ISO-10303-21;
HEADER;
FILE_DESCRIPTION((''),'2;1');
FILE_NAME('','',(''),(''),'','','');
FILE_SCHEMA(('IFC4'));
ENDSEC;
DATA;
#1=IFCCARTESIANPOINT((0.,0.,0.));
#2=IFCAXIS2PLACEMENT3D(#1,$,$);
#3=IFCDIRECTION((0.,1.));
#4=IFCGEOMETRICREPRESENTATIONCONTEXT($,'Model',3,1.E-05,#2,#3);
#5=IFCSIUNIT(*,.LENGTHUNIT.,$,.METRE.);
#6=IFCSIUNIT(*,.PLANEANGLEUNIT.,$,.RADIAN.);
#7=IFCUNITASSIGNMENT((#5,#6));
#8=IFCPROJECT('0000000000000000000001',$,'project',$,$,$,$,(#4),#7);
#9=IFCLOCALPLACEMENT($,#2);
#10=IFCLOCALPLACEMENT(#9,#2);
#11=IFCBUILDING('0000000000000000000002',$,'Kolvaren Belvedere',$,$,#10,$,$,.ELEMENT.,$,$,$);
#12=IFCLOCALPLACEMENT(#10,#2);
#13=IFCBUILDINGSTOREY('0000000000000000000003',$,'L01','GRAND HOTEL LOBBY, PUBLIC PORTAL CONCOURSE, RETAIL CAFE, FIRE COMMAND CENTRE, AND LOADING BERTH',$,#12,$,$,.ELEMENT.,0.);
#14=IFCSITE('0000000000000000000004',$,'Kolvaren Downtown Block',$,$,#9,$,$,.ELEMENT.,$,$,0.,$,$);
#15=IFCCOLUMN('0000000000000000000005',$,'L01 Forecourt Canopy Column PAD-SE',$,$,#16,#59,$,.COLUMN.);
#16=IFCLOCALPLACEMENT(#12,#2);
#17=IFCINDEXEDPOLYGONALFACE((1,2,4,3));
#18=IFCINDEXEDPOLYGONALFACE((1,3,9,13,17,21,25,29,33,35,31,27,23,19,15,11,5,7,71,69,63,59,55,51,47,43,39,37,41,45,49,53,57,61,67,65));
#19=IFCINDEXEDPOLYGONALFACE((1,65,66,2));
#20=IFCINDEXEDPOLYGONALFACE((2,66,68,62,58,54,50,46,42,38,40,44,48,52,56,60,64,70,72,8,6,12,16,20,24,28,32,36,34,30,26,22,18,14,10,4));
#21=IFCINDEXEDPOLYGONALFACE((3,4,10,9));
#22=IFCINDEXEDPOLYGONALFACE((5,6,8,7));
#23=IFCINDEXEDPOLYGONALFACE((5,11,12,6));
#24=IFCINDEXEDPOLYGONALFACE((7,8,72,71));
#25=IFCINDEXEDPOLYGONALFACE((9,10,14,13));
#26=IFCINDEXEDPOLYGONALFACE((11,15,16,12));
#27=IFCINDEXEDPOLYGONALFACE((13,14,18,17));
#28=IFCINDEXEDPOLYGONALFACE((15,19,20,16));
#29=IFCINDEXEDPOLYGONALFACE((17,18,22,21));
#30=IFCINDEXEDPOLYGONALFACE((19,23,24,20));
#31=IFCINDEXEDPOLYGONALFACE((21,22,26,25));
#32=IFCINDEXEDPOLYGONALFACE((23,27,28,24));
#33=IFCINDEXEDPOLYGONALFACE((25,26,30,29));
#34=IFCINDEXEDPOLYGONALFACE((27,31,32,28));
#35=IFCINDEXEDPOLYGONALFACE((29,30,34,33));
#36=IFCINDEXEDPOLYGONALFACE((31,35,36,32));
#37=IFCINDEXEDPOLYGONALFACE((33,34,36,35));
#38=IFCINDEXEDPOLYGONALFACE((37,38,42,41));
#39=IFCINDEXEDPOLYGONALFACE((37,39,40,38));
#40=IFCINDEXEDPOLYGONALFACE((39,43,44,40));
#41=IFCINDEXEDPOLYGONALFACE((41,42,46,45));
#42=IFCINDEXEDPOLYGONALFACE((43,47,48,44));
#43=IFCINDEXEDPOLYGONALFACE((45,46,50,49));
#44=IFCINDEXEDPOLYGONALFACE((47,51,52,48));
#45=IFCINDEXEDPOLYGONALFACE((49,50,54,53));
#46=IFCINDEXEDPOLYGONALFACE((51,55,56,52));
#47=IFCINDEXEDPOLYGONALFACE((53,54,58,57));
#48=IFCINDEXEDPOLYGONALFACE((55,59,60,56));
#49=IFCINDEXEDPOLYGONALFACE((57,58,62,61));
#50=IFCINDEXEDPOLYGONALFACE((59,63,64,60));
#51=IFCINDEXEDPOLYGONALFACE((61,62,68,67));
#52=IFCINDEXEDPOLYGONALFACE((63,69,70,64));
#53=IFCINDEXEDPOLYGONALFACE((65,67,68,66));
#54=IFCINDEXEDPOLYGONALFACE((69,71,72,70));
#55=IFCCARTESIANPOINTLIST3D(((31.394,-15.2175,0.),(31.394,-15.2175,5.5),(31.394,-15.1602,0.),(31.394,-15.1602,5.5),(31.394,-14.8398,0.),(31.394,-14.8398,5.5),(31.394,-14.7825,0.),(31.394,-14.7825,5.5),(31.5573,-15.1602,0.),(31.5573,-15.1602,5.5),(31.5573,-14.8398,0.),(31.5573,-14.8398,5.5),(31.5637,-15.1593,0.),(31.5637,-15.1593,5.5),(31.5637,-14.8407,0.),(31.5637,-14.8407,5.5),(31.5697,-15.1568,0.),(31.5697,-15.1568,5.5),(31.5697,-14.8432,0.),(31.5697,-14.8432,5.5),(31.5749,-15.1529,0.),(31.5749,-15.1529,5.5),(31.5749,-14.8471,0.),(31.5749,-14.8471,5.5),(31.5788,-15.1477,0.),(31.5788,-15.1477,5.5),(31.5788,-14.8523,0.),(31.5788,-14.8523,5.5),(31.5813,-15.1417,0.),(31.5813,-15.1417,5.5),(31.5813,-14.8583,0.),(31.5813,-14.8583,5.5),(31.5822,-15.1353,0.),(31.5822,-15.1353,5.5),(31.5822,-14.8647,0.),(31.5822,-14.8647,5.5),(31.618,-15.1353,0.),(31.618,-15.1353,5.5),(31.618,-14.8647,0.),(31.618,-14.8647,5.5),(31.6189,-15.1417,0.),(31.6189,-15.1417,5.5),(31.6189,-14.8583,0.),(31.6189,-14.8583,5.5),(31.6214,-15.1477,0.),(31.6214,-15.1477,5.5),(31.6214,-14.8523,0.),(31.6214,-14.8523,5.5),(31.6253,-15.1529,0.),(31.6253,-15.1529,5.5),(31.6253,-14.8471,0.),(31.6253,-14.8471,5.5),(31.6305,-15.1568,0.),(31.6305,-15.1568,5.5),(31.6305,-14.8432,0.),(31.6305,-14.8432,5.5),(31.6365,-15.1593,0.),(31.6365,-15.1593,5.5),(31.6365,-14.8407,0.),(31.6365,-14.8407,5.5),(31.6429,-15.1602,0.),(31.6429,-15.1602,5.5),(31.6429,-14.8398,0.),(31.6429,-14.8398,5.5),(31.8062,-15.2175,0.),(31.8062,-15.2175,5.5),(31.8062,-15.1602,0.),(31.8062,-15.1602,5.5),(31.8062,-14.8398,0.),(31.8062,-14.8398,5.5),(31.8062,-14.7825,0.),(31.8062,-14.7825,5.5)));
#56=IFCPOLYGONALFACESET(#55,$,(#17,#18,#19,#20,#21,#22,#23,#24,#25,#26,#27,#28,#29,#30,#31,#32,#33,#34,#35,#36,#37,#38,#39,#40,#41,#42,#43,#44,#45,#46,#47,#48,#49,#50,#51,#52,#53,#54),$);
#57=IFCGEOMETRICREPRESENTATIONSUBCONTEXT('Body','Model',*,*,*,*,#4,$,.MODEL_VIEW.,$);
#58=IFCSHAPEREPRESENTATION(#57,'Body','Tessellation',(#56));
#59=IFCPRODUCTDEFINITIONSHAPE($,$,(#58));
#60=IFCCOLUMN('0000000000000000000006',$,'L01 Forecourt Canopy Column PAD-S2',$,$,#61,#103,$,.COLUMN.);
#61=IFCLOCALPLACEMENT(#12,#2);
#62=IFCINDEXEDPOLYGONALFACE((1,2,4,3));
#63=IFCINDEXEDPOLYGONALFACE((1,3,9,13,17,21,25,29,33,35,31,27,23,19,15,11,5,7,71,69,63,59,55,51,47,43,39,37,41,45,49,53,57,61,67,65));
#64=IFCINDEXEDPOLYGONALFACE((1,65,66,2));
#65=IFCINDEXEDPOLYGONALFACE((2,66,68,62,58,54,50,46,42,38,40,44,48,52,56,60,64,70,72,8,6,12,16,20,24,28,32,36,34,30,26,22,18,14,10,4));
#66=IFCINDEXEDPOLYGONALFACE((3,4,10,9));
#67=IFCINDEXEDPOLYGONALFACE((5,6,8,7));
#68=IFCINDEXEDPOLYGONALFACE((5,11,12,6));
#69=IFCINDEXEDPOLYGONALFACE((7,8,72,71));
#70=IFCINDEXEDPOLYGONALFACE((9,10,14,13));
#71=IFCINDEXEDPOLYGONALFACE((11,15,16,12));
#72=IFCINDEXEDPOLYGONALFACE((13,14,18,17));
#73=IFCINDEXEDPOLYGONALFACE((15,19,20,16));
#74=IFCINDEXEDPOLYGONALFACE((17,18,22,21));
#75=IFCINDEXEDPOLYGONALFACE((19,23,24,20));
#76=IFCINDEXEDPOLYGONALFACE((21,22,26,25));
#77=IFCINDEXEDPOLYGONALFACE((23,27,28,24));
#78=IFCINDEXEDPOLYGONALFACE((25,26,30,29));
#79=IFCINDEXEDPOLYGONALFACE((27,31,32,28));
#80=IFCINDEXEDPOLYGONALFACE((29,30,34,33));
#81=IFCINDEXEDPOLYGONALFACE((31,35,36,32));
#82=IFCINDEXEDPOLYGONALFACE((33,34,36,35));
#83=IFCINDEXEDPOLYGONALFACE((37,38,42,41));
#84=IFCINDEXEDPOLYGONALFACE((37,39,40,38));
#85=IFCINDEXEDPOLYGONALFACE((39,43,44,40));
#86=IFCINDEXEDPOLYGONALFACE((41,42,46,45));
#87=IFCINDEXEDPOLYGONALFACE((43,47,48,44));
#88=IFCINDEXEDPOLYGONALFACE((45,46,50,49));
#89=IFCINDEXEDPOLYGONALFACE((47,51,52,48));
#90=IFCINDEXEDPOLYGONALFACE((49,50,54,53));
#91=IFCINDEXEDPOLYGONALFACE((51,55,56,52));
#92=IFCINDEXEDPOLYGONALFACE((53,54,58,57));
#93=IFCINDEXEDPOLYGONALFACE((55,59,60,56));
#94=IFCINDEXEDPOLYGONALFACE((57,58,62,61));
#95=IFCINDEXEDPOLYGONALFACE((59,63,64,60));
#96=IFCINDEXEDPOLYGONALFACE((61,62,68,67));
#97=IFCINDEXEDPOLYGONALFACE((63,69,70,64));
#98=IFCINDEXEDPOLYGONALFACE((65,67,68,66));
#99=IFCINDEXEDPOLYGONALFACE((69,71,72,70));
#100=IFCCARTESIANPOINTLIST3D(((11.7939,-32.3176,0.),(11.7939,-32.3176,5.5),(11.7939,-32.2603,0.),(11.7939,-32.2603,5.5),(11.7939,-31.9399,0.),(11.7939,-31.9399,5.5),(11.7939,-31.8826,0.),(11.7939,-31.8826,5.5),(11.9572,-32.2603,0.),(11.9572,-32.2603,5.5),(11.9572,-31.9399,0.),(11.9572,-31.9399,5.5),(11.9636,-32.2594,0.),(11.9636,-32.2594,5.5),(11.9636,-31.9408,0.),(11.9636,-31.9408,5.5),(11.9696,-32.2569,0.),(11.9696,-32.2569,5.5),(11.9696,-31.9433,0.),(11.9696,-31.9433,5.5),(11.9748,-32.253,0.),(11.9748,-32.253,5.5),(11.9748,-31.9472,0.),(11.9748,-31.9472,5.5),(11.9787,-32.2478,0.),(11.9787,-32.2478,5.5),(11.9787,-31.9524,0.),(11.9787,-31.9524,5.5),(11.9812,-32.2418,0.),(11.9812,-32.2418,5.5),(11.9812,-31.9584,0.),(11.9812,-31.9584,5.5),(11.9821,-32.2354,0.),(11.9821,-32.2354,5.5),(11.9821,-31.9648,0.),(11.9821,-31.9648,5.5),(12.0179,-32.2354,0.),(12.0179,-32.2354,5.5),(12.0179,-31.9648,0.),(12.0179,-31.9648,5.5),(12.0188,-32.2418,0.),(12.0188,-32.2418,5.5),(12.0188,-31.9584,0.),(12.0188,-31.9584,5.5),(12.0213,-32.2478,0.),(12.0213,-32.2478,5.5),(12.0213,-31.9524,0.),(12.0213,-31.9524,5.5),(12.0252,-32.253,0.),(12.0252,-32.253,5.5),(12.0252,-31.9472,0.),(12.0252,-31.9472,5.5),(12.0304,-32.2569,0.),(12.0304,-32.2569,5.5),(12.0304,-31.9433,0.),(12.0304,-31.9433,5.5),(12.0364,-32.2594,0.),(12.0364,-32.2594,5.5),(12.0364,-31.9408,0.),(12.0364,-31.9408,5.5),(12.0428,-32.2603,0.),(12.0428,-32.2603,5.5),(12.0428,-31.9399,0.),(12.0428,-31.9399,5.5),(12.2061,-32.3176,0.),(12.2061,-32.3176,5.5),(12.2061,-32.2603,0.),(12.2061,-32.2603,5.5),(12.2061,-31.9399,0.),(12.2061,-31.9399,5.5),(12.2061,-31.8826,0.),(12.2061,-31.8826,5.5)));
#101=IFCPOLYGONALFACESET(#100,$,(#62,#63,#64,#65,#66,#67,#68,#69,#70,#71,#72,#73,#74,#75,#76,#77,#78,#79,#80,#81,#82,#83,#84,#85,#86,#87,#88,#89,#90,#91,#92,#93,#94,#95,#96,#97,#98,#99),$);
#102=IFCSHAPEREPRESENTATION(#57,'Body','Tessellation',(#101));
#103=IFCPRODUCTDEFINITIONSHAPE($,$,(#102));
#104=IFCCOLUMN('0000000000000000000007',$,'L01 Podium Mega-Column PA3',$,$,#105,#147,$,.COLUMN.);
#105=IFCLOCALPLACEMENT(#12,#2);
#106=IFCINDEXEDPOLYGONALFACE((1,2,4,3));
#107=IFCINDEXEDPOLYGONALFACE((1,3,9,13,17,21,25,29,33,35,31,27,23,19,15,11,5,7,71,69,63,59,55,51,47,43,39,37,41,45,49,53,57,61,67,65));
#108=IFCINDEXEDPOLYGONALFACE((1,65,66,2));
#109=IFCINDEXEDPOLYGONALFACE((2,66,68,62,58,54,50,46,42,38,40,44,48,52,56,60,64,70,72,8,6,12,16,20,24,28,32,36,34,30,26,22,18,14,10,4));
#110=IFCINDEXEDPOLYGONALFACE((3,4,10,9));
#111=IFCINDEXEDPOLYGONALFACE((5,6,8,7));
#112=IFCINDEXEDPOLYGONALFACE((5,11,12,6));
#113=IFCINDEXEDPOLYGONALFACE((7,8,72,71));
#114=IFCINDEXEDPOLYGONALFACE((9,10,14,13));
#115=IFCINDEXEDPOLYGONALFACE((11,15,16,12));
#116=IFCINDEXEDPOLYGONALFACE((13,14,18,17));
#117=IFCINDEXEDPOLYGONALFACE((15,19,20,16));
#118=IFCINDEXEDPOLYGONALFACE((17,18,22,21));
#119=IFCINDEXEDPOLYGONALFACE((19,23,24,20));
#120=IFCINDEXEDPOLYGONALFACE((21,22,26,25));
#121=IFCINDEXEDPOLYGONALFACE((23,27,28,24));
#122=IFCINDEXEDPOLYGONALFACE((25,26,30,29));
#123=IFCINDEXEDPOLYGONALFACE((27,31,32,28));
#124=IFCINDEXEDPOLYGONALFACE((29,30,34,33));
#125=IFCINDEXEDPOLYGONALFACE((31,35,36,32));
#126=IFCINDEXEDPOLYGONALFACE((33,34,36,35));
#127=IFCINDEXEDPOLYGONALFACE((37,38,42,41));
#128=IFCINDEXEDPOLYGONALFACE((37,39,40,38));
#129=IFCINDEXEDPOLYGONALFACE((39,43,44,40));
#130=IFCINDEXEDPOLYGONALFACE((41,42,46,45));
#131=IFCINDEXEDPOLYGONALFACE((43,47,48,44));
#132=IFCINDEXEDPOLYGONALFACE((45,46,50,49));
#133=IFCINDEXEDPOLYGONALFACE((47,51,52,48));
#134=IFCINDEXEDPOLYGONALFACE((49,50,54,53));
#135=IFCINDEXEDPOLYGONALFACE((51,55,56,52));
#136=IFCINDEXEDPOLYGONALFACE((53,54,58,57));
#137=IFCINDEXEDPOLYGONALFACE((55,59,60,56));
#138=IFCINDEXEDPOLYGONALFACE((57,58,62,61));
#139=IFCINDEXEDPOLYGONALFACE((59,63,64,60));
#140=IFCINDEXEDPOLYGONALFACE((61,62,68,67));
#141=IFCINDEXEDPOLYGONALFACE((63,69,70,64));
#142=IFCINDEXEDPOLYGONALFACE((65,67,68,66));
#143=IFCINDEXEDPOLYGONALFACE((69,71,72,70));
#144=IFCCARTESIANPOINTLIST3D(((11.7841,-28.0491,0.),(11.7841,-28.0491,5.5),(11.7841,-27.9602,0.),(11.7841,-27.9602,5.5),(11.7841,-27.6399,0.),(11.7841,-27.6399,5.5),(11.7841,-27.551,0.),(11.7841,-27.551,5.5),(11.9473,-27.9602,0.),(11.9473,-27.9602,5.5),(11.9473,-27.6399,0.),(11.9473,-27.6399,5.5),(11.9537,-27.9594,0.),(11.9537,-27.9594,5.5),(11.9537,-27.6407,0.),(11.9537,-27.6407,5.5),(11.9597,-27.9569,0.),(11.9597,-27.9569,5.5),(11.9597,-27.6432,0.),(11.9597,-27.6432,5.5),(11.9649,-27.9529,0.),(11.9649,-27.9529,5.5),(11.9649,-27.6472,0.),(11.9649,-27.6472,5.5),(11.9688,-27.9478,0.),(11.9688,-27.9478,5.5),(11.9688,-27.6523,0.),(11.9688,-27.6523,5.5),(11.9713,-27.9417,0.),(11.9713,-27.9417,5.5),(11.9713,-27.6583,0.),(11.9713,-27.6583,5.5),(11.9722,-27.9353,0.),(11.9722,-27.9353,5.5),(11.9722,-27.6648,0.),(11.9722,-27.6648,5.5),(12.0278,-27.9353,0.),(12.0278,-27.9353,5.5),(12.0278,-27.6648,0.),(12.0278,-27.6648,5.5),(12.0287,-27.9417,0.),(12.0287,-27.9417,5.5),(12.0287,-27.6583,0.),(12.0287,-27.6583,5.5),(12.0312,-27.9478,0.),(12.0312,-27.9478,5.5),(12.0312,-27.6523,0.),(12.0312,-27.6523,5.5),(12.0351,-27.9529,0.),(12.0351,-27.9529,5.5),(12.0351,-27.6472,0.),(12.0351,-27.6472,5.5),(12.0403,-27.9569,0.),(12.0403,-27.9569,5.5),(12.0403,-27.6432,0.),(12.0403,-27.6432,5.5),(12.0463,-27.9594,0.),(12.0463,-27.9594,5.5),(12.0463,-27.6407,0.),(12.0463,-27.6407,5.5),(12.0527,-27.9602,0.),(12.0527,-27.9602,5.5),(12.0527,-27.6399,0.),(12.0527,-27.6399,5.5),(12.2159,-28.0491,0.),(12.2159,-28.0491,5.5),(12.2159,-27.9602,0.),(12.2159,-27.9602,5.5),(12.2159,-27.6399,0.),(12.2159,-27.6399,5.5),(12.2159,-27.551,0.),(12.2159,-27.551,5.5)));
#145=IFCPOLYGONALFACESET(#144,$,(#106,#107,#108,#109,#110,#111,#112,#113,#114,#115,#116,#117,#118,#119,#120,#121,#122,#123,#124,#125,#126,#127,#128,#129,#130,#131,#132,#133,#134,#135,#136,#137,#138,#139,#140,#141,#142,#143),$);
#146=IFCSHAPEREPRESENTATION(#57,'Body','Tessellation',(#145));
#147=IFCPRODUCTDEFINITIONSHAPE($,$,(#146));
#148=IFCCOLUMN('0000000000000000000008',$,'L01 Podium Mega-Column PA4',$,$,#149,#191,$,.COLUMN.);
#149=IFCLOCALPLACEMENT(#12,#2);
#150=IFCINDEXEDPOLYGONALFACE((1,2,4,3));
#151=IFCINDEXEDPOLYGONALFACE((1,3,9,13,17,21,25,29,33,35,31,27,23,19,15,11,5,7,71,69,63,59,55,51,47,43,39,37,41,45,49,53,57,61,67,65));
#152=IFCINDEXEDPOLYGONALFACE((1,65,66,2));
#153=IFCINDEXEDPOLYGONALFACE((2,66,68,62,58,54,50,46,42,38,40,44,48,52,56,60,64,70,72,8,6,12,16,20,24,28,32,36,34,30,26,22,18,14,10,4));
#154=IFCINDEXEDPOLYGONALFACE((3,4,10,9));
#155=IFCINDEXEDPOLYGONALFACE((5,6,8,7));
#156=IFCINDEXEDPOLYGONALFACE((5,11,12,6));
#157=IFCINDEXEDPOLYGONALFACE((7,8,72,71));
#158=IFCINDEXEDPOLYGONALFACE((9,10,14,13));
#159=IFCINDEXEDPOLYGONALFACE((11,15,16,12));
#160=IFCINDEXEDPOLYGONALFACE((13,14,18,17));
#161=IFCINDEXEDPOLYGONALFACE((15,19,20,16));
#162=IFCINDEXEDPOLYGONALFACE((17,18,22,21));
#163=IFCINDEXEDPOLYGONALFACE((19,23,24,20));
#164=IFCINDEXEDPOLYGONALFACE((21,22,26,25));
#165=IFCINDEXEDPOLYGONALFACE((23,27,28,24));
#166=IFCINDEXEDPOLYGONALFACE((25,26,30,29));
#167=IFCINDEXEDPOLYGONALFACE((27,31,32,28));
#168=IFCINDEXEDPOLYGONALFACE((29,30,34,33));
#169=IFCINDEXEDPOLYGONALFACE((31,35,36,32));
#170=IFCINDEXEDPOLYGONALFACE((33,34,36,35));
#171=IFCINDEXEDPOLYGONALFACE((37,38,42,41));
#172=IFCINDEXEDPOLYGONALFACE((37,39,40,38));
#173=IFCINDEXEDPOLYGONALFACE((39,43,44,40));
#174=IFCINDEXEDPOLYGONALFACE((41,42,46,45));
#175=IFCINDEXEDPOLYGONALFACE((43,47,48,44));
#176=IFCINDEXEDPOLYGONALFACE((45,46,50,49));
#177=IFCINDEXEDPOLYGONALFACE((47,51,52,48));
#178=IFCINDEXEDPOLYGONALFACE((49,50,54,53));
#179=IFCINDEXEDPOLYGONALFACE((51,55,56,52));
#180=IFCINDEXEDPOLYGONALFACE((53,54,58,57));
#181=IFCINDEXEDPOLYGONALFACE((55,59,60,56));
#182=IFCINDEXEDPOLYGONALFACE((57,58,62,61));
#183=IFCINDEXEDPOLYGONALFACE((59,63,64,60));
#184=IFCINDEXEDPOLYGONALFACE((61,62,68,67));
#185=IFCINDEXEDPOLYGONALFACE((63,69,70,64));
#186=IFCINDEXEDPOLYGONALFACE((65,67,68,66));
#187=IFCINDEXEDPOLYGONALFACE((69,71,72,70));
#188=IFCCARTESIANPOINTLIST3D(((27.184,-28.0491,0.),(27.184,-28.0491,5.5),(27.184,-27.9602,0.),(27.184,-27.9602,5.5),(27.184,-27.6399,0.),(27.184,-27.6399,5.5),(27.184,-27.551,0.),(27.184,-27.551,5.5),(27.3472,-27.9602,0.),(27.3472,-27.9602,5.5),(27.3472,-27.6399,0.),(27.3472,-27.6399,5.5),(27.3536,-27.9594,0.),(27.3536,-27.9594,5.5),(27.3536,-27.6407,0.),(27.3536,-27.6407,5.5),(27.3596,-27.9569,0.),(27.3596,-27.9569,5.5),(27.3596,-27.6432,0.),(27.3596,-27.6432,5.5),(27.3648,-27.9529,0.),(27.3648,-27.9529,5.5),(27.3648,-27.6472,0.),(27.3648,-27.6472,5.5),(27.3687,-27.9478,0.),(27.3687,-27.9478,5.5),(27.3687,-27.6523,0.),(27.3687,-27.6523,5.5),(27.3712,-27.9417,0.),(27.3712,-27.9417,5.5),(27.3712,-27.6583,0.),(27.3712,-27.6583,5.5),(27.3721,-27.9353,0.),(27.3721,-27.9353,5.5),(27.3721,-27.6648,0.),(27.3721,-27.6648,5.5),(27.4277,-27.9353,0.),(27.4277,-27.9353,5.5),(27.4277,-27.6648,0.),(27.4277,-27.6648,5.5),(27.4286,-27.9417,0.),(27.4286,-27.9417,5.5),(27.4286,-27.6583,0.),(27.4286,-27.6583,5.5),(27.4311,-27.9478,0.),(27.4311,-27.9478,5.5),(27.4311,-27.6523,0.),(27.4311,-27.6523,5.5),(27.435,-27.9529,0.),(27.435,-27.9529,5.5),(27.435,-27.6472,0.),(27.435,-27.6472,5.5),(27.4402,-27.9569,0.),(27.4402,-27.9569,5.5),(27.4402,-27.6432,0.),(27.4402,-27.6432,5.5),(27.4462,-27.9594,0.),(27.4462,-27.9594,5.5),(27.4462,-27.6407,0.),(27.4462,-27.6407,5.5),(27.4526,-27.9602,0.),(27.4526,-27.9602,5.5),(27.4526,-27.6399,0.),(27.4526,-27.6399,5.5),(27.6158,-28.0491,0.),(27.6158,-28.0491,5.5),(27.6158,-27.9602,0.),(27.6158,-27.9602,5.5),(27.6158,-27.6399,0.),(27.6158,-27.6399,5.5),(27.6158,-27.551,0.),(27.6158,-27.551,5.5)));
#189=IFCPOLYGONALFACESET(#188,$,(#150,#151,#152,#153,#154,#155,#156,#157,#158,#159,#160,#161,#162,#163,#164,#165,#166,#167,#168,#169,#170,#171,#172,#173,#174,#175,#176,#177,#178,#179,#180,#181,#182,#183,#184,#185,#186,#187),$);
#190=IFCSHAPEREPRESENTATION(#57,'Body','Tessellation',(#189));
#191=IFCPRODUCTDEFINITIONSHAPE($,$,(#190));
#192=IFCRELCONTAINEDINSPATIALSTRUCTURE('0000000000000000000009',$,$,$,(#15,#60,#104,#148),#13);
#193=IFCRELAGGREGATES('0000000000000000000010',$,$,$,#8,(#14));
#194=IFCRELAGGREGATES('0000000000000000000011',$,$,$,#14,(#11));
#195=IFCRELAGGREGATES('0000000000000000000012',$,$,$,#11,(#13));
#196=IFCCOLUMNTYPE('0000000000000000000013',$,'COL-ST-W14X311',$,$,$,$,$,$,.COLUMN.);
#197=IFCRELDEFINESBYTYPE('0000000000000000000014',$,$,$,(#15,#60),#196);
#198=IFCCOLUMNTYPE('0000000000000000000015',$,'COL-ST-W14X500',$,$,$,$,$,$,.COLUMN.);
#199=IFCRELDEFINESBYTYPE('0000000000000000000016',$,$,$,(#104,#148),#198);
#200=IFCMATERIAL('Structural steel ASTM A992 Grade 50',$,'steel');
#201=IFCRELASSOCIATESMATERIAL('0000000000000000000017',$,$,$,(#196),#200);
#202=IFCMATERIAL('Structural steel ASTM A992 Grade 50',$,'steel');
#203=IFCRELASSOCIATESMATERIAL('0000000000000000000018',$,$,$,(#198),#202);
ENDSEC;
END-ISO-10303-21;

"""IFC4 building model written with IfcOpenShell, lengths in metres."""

from ifc_helpers import new_model, si_unit, direction, frame, origin, origin_2d, place, context, subcontext, project, spatial, i_section, extrude, material, material_profile, profile_set, type_object, element, save


model = new_model("IFC4")

# Units and contexts
model_context = context("Model", 3, precision=1e-05, world=origin(), true_north=direction((0.0, 1.0)))
body_context = subcontext(model_context, "Body", "Model", "MODEL_VIEW")
ifc_project = project(units=[si_unit("LENGTHUNIT", "METRE"), si_unit("PLANEANGLEUNIT", "RADIAN")], contexts=[model_context])

# Site, building, storey
site_placement = place(None, origin())
site = spatial("IfcSite", under=ifc_project, at=site_placement, Name="Kolvaren Downtown Block", CompositionType="ELEMENT", RefElevation=0.0)
building_placement = place(site_placement, origin())
building = spatial("IfcBuilding", under=site, at=building_placement, Name="Kolvaren Belvedere", CompositionType="ELEMENT")
storey_placement = place(building_placement, origin())
storey = spatial("IfcBuildingStorey", under=building, at=storey_placement, Name="L01", Description="GRAND HOTEL LOBBY, PUBLIC PORTAL CONCOURSE, RETAIL CAFE, FIRE COMMAND CENTRE, AND LOADING BERTH", CompositionType="ELEMENT", Elevation=0.0)

# Columns
ifc_material_1 = material(Name="Structural steel ASTM A992 Grade 50", Category="steel")
ifc_material_profile_1 = material_profile(ifc_material_1, i_section(OverallWidth=0.4121, OverallDepth=0.4351, WebThickness=0.0359, FlangeThickness=0.0574, FilletRadius=0.0249, at=origin_2d()), Name="W14X311")
ifc_profile_set_1 = profile_set([ifc_material_profile_1], Name="Structural steel ASTM A992 Grade 50")
column_type_1 = type_object("IfcColumnType", Name="COL-ST-W14X311", PredefinedType="COLUMN", material=ifc_profile_set_1)
for number, where, z_axis, x_axis, name in (
    (1, (31.6001, -15.0, 0.0), (0.0, 0.0, 1.0), (1.0, 0.0, 0.0), "L01 Forecourt Canopy Column PAD-SE"),
    (2, (12.0, -32.1001, 0.0), (0.0, 0.0, 1.0), (1.0, 0.0, 0.0), "L01 Forecourt Canopy Column PAD-S2"),
):
    element("IfcColumn", number, at=place(storey_placement, frame(where, z_axis=z_axis, x_axis=x_axis)), inside=storey, type_object=column_type_1, Name=name, PredefinedType="COLUMN", context=body_context, shape_type="SweptSolid", body=[
        extrude(i_section(OverallWidth=0.4121, OverallDepth=0.4351, WebThickness=0.0359, FlangeThickness=0.0574, FilletRadius=0.0249, at=origin_2d()), origin(), (0.0, 0.0, 1.0), 5.5),
    ])
ifc_material_2 = material(Name="Structural steel ASTM A992 Grade 50", Category="steel")
ifc_material_profile_2 = material_profile(ifc_material_2, i_section(OverallWidth=0.4319, OverallDepth=0.498, WebThickness=0.0557, FlangeThickness=0.0889, FilletRadius=0.0249, at=origin_2d()), Name="W14X500")
ifc_profile_set_2 = profile_set([ifc_material_profile_2], Name="Structural steel ASTM A992 Grade 50")
column_type_2 = type_object("IfcColumnType", Name="COL-ST-W14X500", PredefinedType="COLUMN", material=ifc_profile_set_2)
for number, where, z_axis, x_axis, name in (
    (3, (12.0, -27.8, 0.0), (0.0, 0.0, 1.0), (1.0, 0.0, 0.0), "L01 Podium Mega-Column PA3"),
    (4, (27.3999, -27.8, 0.0), (0.0, 0.0, 1.0), (1.0, 0.0, 0.0), "L01 Podium Mega-Column PA4"),
):
    element("IfcColumn", number, at=place(storey_placement, frame(where, z_axis=z_axis, x_axis=x_axis)), inside=storey, type_object=column_type_2, Name=name, PredefinedType="COLUMN", context=body_context, shape_type="SweptSolid", body=[
        extrude(i_section(OverallWidth=0.4319, OverallDepth=0.498, WebThickness=0.0557, FlangeThickness=0.0889, FilletRadius=0.0249, at=origin_2d()), origin(), (0.0, 0.0, 1.0), 5.5),
    ])

save(model, "model.ifc")
